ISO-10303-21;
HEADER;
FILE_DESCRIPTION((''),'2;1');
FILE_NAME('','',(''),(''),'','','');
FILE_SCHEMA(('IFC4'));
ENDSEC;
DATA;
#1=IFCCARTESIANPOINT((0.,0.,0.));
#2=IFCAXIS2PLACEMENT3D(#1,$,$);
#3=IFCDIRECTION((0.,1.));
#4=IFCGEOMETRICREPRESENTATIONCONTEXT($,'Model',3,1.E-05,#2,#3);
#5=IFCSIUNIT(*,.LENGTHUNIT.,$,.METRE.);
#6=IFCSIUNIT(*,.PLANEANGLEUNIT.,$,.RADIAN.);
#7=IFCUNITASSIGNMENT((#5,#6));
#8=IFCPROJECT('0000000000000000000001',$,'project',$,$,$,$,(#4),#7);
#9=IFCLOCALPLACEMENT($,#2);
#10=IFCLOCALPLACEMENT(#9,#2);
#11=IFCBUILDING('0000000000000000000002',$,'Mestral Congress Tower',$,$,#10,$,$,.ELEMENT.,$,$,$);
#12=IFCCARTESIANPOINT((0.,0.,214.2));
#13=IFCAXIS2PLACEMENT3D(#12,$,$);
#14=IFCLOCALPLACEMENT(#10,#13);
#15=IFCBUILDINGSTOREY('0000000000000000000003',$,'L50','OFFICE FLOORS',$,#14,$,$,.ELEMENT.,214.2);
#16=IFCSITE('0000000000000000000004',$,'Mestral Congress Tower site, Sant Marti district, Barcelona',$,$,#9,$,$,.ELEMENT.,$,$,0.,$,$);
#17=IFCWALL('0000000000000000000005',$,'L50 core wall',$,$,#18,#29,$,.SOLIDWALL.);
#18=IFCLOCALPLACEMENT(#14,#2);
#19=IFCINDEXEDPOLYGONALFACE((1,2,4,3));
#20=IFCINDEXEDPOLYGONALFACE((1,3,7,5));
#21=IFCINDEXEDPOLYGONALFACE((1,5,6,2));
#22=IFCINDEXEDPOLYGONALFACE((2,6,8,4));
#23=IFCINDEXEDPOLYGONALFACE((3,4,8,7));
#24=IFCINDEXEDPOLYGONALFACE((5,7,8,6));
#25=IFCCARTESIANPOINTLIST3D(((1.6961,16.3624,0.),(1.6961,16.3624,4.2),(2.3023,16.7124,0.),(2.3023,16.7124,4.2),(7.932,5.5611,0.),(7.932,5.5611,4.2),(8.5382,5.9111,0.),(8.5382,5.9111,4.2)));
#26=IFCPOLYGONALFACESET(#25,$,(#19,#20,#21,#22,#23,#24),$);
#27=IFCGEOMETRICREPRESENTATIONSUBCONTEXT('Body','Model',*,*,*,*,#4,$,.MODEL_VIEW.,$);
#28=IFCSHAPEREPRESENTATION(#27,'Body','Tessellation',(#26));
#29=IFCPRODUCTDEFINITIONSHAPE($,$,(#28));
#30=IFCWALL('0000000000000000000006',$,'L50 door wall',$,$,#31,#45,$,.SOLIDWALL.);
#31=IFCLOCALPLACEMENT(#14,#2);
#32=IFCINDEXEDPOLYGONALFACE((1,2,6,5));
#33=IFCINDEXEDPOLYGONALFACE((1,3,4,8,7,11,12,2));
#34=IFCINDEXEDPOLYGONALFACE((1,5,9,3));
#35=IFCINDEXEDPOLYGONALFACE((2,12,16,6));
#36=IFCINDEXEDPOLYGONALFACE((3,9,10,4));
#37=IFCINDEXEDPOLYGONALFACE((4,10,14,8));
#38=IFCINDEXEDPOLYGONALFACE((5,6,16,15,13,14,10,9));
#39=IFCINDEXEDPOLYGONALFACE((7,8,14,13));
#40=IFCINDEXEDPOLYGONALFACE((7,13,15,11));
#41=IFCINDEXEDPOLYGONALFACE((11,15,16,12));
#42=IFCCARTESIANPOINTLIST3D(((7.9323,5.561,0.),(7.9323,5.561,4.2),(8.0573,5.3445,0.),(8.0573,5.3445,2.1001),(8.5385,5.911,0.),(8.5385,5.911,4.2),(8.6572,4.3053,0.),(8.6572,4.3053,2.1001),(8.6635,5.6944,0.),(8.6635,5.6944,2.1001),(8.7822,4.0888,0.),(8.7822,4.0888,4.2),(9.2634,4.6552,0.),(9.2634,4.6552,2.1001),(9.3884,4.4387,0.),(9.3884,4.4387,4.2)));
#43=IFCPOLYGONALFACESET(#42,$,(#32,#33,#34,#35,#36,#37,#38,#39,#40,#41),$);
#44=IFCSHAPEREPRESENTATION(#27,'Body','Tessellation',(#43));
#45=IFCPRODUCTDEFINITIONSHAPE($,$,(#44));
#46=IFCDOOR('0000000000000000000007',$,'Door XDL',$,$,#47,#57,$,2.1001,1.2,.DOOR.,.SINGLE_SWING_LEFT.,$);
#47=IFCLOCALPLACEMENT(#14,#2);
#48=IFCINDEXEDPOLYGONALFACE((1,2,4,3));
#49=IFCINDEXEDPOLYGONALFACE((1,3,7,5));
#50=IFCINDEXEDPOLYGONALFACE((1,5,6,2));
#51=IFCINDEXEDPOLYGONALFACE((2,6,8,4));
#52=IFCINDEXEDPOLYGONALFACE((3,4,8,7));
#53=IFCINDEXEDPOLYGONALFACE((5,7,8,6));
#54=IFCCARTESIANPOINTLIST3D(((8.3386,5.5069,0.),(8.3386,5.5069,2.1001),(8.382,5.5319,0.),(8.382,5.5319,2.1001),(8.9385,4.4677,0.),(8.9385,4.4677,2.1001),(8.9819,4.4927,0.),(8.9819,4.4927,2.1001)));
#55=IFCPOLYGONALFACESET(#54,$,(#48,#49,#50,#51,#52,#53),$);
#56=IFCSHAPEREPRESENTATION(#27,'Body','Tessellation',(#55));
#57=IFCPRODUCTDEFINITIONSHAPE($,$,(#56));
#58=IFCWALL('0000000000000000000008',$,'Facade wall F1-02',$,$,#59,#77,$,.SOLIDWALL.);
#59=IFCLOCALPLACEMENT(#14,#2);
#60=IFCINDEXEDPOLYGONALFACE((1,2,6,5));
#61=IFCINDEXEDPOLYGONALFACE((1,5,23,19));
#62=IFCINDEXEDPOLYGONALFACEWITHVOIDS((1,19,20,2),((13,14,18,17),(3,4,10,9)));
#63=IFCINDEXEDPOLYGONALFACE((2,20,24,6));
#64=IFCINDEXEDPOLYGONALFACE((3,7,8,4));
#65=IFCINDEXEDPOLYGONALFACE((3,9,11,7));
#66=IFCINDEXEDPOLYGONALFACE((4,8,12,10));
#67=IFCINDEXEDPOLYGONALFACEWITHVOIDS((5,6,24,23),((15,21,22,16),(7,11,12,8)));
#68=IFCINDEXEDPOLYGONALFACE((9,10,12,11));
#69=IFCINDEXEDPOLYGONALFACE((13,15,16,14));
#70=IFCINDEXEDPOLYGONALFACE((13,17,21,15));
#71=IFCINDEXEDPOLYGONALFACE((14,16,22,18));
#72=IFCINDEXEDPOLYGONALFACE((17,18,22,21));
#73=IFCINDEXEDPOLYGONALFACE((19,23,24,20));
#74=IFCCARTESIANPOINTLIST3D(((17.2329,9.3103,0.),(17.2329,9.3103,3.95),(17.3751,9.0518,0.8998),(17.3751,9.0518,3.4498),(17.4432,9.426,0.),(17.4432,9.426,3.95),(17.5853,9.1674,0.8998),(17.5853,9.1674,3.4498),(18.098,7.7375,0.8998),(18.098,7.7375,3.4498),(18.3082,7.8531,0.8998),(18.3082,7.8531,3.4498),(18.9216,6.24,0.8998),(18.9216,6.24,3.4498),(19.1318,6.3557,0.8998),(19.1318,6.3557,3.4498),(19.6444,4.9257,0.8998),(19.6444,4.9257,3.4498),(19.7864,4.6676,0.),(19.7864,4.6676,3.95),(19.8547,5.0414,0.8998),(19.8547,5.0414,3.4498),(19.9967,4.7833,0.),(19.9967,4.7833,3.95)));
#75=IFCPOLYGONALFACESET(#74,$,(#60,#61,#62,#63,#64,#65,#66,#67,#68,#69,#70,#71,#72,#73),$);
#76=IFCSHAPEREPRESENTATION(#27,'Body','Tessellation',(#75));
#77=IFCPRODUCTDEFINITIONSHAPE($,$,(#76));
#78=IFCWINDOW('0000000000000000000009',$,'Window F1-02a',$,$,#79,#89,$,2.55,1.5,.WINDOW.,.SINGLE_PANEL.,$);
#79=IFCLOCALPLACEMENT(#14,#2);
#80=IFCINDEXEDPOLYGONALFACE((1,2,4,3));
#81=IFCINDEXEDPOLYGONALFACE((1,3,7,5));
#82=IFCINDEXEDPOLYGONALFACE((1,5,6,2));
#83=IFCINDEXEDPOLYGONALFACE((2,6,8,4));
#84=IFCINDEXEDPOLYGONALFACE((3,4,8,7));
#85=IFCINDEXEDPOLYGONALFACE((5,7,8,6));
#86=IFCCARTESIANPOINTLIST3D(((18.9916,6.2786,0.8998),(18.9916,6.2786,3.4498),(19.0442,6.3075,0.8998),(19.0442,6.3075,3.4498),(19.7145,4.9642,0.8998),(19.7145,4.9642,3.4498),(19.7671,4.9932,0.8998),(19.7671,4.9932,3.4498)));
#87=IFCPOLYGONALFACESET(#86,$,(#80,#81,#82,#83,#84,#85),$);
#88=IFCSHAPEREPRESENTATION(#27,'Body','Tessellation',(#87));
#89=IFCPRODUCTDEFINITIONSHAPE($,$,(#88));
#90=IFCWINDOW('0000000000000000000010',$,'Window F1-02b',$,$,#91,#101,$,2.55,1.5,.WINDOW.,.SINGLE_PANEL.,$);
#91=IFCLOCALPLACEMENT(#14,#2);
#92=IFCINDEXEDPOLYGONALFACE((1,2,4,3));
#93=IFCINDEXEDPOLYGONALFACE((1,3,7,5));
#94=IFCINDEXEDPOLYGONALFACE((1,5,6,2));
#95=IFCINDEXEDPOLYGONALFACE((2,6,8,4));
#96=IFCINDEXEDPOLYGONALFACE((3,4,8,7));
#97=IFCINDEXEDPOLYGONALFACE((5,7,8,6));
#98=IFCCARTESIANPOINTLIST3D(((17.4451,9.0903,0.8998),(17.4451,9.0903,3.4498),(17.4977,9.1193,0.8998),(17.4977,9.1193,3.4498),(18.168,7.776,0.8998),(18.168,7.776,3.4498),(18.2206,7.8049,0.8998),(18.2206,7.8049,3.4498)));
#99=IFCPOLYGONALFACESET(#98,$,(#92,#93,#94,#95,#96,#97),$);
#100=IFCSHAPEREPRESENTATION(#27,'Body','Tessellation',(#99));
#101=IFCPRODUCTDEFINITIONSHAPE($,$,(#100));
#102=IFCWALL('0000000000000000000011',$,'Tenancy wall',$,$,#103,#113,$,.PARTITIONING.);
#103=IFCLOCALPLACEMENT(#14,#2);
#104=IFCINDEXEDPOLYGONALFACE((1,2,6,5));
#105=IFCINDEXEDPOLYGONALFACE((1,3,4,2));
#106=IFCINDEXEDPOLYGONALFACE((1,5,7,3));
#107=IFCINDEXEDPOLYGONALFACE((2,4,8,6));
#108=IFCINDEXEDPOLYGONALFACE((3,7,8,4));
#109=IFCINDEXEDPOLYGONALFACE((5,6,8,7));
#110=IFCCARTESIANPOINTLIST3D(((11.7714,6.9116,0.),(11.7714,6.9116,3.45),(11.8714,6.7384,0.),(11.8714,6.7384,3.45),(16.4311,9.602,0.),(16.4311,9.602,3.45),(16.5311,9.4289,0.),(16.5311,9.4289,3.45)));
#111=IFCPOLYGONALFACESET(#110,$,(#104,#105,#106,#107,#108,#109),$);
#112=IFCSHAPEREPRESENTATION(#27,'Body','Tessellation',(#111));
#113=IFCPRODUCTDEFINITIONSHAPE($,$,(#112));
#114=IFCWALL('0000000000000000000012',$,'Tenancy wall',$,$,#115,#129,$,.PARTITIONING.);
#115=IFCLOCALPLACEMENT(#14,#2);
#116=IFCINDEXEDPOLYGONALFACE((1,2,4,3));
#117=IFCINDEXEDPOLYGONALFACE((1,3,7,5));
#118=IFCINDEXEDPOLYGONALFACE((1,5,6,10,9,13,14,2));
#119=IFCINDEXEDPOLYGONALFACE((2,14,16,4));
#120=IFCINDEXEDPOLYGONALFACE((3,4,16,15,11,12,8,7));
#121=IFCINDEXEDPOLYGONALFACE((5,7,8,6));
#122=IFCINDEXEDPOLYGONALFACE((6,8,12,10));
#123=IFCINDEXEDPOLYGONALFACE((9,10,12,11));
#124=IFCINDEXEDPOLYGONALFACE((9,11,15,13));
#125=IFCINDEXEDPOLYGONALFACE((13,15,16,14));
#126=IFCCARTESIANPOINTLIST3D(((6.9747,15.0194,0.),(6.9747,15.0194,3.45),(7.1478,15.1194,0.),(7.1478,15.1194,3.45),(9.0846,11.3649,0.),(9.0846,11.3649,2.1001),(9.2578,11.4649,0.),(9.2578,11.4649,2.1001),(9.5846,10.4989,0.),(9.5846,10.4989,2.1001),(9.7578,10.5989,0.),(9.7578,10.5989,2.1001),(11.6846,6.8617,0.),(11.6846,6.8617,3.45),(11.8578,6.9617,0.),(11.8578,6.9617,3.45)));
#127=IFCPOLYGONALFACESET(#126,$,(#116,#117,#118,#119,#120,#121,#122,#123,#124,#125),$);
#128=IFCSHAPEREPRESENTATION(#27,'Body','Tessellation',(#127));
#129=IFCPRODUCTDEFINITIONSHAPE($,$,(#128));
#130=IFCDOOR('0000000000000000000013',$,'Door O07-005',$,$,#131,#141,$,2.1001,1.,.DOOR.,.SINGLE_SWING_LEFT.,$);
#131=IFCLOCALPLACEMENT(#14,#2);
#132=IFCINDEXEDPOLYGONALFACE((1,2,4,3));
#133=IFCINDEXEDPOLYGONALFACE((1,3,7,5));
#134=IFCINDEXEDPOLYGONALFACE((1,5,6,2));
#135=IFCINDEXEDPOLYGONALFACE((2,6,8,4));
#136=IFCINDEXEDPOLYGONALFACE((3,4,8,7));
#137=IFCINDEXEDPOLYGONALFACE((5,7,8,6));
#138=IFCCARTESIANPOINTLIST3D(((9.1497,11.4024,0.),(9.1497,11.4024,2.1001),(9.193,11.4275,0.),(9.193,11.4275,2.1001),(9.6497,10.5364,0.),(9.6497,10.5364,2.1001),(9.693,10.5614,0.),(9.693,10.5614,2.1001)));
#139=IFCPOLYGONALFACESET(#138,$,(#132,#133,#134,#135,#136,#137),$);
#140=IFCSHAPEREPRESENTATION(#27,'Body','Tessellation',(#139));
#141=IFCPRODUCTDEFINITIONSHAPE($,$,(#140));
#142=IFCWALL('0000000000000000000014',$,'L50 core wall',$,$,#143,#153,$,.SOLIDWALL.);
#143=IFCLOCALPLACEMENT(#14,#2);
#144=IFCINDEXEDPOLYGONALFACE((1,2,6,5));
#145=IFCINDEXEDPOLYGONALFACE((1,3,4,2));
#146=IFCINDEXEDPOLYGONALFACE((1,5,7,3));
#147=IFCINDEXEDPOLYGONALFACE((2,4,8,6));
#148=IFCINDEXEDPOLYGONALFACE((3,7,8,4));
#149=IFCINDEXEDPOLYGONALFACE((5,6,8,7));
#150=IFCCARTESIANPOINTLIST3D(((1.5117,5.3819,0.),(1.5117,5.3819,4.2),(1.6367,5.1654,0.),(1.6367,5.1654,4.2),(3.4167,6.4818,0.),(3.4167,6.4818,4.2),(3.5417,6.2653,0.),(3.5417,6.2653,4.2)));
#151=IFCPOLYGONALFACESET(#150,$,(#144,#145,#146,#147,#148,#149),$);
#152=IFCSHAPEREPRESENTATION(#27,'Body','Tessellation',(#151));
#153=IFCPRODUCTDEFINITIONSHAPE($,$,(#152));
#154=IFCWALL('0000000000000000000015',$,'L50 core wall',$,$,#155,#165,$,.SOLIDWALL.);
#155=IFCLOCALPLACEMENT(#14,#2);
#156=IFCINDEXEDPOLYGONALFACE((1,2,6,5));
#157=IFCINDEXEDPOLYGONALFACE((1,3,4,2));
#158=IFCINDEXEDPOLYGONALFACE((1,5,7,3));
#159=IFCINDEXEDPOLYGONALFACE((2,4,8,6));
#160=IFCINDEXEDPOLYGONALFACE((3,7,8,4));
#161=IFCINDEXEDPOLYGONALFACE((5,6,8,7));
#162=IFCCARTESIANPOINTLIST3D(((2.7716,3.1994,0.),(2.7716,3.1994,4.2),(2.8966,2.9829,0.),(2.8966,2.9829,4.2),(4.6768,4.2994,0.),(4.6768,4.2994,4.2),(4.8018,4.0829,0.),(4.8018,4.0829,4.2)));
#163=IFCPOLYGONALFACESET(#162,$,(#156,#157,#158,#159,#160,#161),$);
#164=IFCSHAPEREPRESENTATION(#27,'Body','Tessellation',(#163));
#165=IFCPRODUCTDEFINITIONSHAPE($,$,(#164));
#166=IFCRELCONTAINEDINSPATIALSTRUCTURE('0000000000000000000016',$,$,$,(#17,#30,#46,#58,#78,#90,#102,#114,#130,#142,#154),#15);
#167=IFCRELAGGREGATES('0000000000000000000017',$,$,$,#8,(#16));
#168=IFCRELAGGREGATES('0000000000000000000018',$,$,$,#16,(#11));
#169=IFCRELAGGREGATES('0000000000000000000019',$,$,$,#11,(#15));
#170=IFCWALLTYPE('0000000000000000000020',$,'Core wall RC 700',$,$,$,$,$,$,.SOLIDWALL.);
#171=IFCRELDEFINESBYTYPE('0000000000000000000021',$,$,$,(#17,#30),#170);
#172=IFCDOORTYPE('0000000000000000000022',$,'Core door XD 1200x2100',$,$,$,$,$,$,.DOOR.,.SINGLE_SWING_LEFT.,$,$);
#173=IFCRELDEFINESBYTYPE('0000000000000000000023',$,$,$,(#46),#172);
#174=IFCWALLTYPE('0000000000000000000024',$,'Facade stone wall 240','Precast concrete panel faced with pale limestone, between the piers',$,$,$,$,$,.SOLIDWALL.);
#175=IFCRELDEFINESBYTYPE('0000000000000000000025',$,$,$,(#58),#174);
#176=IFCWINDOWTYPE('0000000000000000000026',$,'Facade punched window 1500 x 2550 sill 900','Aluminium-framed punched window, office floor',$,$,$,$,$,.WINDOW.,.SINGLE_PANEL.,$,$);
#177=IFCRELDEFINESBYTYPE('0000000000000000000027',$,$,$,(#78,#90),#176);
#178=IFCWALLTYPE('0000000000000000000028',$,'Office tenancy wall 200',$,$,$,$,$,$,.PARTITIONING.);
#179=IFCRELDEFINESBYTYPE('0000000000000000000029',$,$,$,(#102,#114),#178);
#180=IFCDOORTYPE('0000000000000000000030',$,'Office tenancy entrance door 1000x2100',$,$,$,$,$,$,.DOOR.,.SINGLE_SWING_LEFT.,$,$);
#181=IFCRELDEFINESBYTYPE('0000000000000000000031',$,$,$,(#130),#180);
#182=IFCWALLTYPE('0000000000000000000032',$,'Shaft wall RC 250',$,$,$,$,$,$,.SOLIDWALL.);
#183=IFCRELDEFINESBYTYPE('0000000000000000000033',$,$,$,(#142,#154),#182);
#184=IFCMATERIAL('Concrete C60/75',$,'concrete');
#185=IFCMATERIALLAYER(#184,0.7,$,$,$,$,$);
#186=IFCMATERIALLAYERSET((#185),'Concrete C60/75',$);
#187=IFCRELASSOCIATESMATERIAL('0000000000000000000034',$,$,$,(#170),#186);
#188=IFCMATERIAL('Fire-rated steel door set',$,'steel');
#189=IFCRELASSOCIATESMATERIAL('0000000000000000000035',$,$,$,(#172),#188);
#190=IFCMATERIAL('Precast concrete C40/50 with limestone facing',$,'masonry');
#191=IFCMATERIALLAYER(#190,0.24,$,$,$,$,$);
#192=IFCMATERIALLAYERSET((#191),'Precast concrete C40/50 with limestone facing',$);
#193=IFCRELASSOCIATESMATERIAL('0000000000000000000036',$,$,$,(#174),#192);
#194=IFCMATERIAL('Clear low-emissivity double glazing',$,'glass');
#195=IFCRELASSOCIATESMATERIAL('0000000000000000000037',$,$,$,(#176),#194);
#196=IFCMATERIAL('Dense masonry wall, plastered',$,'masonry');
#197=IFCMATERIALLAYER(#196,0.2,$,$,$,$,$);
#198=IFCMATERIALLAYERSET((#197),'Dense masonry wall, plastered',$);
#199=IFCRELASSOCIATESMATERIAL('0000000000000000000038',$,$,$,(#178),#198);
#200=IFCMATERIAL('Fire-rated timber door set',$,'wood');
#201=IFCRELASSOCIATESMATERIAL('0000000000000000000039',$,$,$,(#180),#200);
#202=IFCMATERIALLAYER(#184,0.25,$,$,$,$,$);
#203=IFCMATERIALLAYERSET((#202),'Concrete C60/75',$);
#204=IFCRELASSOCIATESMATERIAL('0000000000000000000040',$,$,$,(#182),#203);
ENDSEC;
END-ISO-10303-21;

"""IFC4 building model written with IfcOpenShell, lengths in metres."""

from ifc_helpers import new_model, si_unit, direction, frame, frame_2d, origin, place, context, subcontext, project, spatial, rectangle, extrude, material, layer, layer_set, type_object, element, fill, save


model = new_model("IFC4")

# Units and contexts
model_context = context("Model", 3, precision=1e-05, world=origin(), true_north=direction((0.0, 1.0)))
body_context = subcontext(model_context, "Body", "Model", "MODEL_VIEW")
ifc_project = project(units=[si_unit("LENGTHUNIT", "METRE"), si_unit("PLANEANGLEUNIT", "RADIAN")], contexts=[model_context])

# Site, building, storey
site_placement = place(None, origin())
site = spatial("IfcSite", under=ifc_project, at=site_placement, Name="Mestral Congress Tower site, Sant Marti district, Barcelona", CompositionType="ELEMENT", RefElevation=0.0)
building_placement = place(site_placement, origin())
building = spatial("IfcBuilding", under=site, at=building_placement, Name="Mestral Congress Tower", CompositionType="ELEMENT")
storey_placement = place(building_placement, frame((0.0, 0.0, 214.2)))
storey = spatial("IfcBuildingStorey", under=building, at=storey_placement, Name="L50", Description="OFFICE FLOORS", CompositionType="ELEMENT", Elevation=214.2)

# Shared definitions
ifc_material_1 = material(Name="Concrete C60/75", Category="concrete")

# Shared definitions
ifc_material_2 = material(Name="Fire-rated steel door set", Category="steel")

# Wall
ifc_layer_1 = layer(ifc_material_1, 0.7)
ifc_layer_set_1 = layer_set([ifc_layer_1], Name="Concrete C60/75")
wall_type_1 = type_object("IfcWallType", Name="Core wall RC 700", PredefinedType="SOLIDWALL", material=ifc_layer_set_1)
for number, where, z_axis, x_axis, name in (
    (1, (8.2351, 5.7361, 0.0), (0.0, 0.0, 1.0), (-0.499983, 0.866035, 0.0), "L50 core wall"),
):
    element("IfcWall", number, at=place(storey_placement, frame(where, z_axis=z_axis, x_axis=x_axis)), inside=storey, type_object=wall_type_1, Name=name, PredefinedType="SOLIDWALL", context=body_context, shape_type="SweptSolid", body=[
        extrude(rectangle(XDim=12.4722, YDim=0.7, at=frame_2d((6.2361, 0.0))), origin(), (0.0, 0.0, 1.0), 4.2),
    ])

# Wall, opening, door
wall_1_placement = place(storey_placement, frame((8.2354, 5.7361, 0.0), z_axis=(0.0, 0.0, 1.0), x_axis=(0.499955, -0.866052, 0.0)))
wall_1 = element("IfcWall", 2, at=wall_1_placement, inside=storey, type_object=wall_type_1, Name="L50 door wall", PredefinedType="SOLIDWALL", context=body_context, shape_type="SweptSolid", body=[
    extrude(rectangle(XDim=1.7, YDim=0.7, at=frame_2d((0.8501, 0.0))), origin(), (0.0, 0.0, 1.0), 4.2),
])
opening_1_placement = place(wall_1_placement, frame((0.25, 0.0, 0.0)))
opening_1 = element("IfcOpeningElement", 3, at=opening_1_placement, cuts=wall_1, PredefinedType="OPENING", context=body_context, shape_type="SweptSolid", body=[
    extrude(rectangle(XDim=1.2, YDim=2.1001, at=frame_2d((0.6001, 1.05))), frame((0.0, 0.3599, 0.0), z_axis=(0.0, -1.0, 0.0), x_axis=(1.0, 0.0, 0.0)), (0.0, 0.0, 1.0), 0.72),
])
door_type_1 = type_object("IfcDoorType", Name="Core door XD 1200x2100", OperationType="SINGLE_SWING_LEFT", PredefinedType="DOOR", material=ifc_material_2)
door_1_placement = place(opening_1_placement, origin())
door_1 = element("IfcDoor", 4, at=door_1_placement, inside=storey, type_object=door_type_1, Name="Door XDL", OperationType="SINGLE_SWING_LEFT", OverallHeight=2.1001, OverallWidth=1.2, PredefinedType="DOOR", context=body_context, shape_type="SweptSolid", body=[
    extrude(rectangle(XDim=1.2, YDim=2.1001, at=frame_2d((0.6001, 1.05))), frame((0.0, 0.0249, 0.0), z_axis=(0.0, -1.0, 0.0), x_axis=(1.0, 0.0, 0.0)), (0.0, 0.0, 1.0), 0.05),
])
fill(opening_1, door_1)

# Wall, openings, windows
ifc_material_3 = material(Name="Precast concrete C40/50 with limestone facing", Category="masonry")
ifc_layer_2 = layer(ifc_material_3, 0.24)
ifc_layer_set_2 = layer_set([ifc_layer_2], Name="Precast concrete C40/50 with limestone facing")
wall_type_2 = type_object("IfcWallType", Name="Facade stone wall 240", Description="Precast concrete panel faced with pale limestone, between the piers", PredefinedType="SOLIDWALL", material=ifc_layer_set_2)
wall_2_placement = place(storey_placement, frame((19.8916, 4.7253, 0.0), z_axis=(0.0, 0.0, 1.0), x_axis=(-0.481926, 0.876212, 0.0)))
wall_2 = element("IfcWall", 5, at=wall_2_placement, inside=storey, type_object=wall_type_2, Name="Facade wall F1-02", PredefinedType="SOLIDWALL", context=body_context, shape_type="SweptSolid", body=[
    extrude(rectangle(XDim=5.2986, YDim=0.24, at=frame_2d((2.6494, 0.0))), origin(), (0.0, 0.0, 1.0), 3.95),
])
opening_2_placement = place(wall_2_placement, frame((0.2947, 0.0, 0.8999)))
opening_2 = element("IfcOpeningElement", 6, at=opening_2_placement, cuts=wall_2, PredefinedType="OPENING", context=body_context, shape_type="SweptSolid", body=[
    extrude(rectangle(XDim=1.5, YDim=2.55, at=frame_2d((0.75, 1.2749))), frame((0.0, 0.1299, 0.0), z_axis=(0.0, -1.0, 0.0), x_axis=(1.0, 0.0, 0.0)), (0.0, 0.0, 1.0), 0.26),
])
opening_3_placement = place(wall_2_placement, frame((3.5037, 0.0, 0.8999)))
opening_3 = element("IfcOpeningElement", 7, at=opening_3_placement, cuts=wall_2, PredefinedType="OPENING", context=body_context, shape_type="SweptSolid", body=[
    extrude(rectangle(XDim=1.5, YDim=2.55, at=frame_2d((0.75, 1.2749))), frame((0.0, 0.1299, 0.0), z_axis=(0.0, -1.0, 0.0), x_axis=(1.0, 0.0, 0.0)), (0.0, 0.0, 1.0), 0.26),
])
ifc_material_4 = material(Name="Clear low-emissivity double glazing", Category="glass")
window_type = type_object("IfcWindowType", Name="Facade punched window 1500 x 2550 sill 900", Description="Aluminium-framed punched window, office floor", PartitioningType="SINGLE_PANEL", PredefinedType="WINDOW", material=ifc_material_4)
window_1_placement = place(opening_2_placement, origin())
window_1 = element("IfcWindow", 8, at=window_1_placement, inside=storey, type_object=window_type, Name="Window F1-02a", OverallHeight=2.55, OverallWidth=1.5, PartitioningType="SINGLE_PANEL", PredefinedType="WINDOW", context=body_context, shape_type="SweptSolid", body=[
    extrude(rectangle(XDim=1.5, YDim=2.55, at=frame_2d((0.75, 1.2749))), frame((0.0, 0.04, 0.0), z_axis=(0.0, -1.0, 0.0), x_axis=(1.0, 0.0, 0.0)), (0.0, 0.0, 1.0), 0.0601),
])
fill(opening_2, window_1)
window_2_placement = place(opening_3_placement, origin())
window_2 = element("IfcWindow", 9, at=window_2_placement, inside=storey, type_object=window_type, Name="Window F1-02b", OverallHeight=2.55, OverallWidth=1.5, PartitioningType="SINGLE_PANEL", PredefinedType="WINDOW", context=body_context, shape_type="SweptSolid", body=[
    extrude(rectangle(XDim=1.5, YDim=2.55, at=frame_2d((0.75, 1.2749))), frame((0.0, 0.04, 0.0), z_axis=(0.0, -1.0, 0.0), x_axis=(1.0, 0.0, 0.0)), (0.0, 0.0, 1.0), 0.0601),
])
fill(opening_3, window_2)

# Wall
ifc_material_5 = material(Name="Dense masonry wall, plastered", Category="masonry")
ifc_layer_3 = layer(ifc_material_5, 0.2)
ifc_layer_set_3 = layer_set([ifc_layer_3], Name="Dense masonry wall, plastered")
wall_type_3 = type_object("IfcWallType", Name="Office tenancy wall 200", PredefinedType="PARTITIONING", material=ifc_layer_set_3)
wall_3_placement = place(storey_placement, frame((11.8213, 6.825, 0.0), z_axis=(0.0, 0.0, 1.0), x_axis=(0.866012, 0.500024, 0.0)))
element("IfcWall", 10, at=wall_3_placement, inside=storey, type_object=wall_type_3, Name="Tenancy wall", PredefinedType="PARTITIONING", context=body_context, shape_type="SweptSolid", body=[
    extrude(rectangle(XDim=5.3806, YDim=0.2, at=frame_2d((2.6904, 0.0))), origin(), (0.0, 0.0, 1.0), 3.45),
])

# Wall, opening, door
wall_4_placement = place(storey_placement, frame((11.7712, 6.9116, 0.0), z_axis=(0.0, 0.0, 1.0), x_axis=(-0.500008, 0.866021, 0.0)))
wall_4 = element("IfcWall", 11, at=wall_4_placement, inside=storey, type_object=wall_type_3, Name="Tenancy wall", PredefinedType="PARTITIONING", context=body_context, shape_type="SweptSolid", body=[
    extrude(rectangle(XDim=9.4197, YDim=0.2, at=frame_2d((4.71, 0.0))), origin(), (0.0, 0.0, 1.0), 3.45),
])
opening_4_placement = place(wall_4_placement, frame((4.2, 0.0, 0.0)))
opening_4 = element("IfcOpeningElement", 12, at=opening_4_placement, cuts=wall_4, PredefinedType="OPENING", context=body_context, shape_type="SweptSolid", body=[
    extrude(rectangle(XDim=1.0, YDim=2.1001, at=frame_2d((0.5, 1.05))), frame((0.0, 0.1099, 0.0), z_axis=(0.0, -1.0, 0.0), x_axis=(1.0, 0.0, 0.0)), (0.0, 0.0, 1.0), 0.22),
])
ifc_material_6 = material(Name="Fire-rated timber door set", Category="wood")
door_type_2 = type_object("IfcDoorType", Name="Office tenancy entrance door 1000x2100", OperationType="SINGLE_SWING_LEFT", PredefinedType="DOOR", material=ifc_material_6)
door_2_placement = place(opening_4_placement, origin())
door_2 = element("IfcDoor", 13, at=door_2_placement, inside=storey, type_object=door_type_2, Name="Door O07-005", OperationType="SINGLE_SWING_LEFT", OverallHeight=2.1001, OverallWidth=1.0, PredefinedType="DOOR", context=body_context, shape_type="SweptSolid", body=[
    extrude(rectangle(XDim=1.0, YDim=2.1001, at=frame_2d((0.5, 1.05))), frame((0.0, 0.0249, 0.0), z_axis=(0.0, -1.0, 0.0), x_axis=(1.0, 0.0, 0.0)), (0.0, 0.0, 1.0), 0.05),
])
fill(opening_4, door_2)

# Walls
ifc_layer_4 = layer(ifc_material_1, 0.25)
ifc_layer_set_4 = layer_set([ifc_layer_4], Name="Concrete C60/75")
wall_type_4 = type_object("IfcWallType", Name="Shaft wall RC 250", PredefinedType="SOLIDWALL", material=ifc_layer_set_4)
wall_5_placement = place(storey_placement, frame((1.5742, 5.2737, 0.0), z_axis=(0.0, 0.0, 1.0), x_axis=(0.866028, 0.499995, 0.0)))
element("IfcWall", 14, at=wall_5_placement, inside=storey, type_object=wall_type_4, Name="L50 core wall", PredefinedType="SOLIDWALL", context=body_context, shape_type="SweptSolid", body=[
    extrude(rectangle(XDim=2.1997, YDim=0.25, at=frame_2d((1.0999, 0.0))), origin(), (0.0, 0.0, 1.0), 4.2),
])
for number, where, z_axis, x_axis, name in (
    (15, (2.834, 3.0911, 0.0), (0.0, 0.0, 1.0), (0.866008, 0.50003, 0.0), "L50 core wall"),
):
    element("IfcWall", number, at=place(storey_placement, frame(where, z_axis=z_axis, x_axis=x_axis)), inside=storey, type_object=wall_type_4, Name=name, PredefinedType="SOLIDWALL", context=body_context, shape_type="SweptSolid", body=[
        extrude(rectangle(XDim=2.2, YDim=0.25, at=frame_2d((1.1001, 0.0))), origin(), (0.0, 0.0, 1.0), 4.2),
    ])

save(model, "model.ifc")
